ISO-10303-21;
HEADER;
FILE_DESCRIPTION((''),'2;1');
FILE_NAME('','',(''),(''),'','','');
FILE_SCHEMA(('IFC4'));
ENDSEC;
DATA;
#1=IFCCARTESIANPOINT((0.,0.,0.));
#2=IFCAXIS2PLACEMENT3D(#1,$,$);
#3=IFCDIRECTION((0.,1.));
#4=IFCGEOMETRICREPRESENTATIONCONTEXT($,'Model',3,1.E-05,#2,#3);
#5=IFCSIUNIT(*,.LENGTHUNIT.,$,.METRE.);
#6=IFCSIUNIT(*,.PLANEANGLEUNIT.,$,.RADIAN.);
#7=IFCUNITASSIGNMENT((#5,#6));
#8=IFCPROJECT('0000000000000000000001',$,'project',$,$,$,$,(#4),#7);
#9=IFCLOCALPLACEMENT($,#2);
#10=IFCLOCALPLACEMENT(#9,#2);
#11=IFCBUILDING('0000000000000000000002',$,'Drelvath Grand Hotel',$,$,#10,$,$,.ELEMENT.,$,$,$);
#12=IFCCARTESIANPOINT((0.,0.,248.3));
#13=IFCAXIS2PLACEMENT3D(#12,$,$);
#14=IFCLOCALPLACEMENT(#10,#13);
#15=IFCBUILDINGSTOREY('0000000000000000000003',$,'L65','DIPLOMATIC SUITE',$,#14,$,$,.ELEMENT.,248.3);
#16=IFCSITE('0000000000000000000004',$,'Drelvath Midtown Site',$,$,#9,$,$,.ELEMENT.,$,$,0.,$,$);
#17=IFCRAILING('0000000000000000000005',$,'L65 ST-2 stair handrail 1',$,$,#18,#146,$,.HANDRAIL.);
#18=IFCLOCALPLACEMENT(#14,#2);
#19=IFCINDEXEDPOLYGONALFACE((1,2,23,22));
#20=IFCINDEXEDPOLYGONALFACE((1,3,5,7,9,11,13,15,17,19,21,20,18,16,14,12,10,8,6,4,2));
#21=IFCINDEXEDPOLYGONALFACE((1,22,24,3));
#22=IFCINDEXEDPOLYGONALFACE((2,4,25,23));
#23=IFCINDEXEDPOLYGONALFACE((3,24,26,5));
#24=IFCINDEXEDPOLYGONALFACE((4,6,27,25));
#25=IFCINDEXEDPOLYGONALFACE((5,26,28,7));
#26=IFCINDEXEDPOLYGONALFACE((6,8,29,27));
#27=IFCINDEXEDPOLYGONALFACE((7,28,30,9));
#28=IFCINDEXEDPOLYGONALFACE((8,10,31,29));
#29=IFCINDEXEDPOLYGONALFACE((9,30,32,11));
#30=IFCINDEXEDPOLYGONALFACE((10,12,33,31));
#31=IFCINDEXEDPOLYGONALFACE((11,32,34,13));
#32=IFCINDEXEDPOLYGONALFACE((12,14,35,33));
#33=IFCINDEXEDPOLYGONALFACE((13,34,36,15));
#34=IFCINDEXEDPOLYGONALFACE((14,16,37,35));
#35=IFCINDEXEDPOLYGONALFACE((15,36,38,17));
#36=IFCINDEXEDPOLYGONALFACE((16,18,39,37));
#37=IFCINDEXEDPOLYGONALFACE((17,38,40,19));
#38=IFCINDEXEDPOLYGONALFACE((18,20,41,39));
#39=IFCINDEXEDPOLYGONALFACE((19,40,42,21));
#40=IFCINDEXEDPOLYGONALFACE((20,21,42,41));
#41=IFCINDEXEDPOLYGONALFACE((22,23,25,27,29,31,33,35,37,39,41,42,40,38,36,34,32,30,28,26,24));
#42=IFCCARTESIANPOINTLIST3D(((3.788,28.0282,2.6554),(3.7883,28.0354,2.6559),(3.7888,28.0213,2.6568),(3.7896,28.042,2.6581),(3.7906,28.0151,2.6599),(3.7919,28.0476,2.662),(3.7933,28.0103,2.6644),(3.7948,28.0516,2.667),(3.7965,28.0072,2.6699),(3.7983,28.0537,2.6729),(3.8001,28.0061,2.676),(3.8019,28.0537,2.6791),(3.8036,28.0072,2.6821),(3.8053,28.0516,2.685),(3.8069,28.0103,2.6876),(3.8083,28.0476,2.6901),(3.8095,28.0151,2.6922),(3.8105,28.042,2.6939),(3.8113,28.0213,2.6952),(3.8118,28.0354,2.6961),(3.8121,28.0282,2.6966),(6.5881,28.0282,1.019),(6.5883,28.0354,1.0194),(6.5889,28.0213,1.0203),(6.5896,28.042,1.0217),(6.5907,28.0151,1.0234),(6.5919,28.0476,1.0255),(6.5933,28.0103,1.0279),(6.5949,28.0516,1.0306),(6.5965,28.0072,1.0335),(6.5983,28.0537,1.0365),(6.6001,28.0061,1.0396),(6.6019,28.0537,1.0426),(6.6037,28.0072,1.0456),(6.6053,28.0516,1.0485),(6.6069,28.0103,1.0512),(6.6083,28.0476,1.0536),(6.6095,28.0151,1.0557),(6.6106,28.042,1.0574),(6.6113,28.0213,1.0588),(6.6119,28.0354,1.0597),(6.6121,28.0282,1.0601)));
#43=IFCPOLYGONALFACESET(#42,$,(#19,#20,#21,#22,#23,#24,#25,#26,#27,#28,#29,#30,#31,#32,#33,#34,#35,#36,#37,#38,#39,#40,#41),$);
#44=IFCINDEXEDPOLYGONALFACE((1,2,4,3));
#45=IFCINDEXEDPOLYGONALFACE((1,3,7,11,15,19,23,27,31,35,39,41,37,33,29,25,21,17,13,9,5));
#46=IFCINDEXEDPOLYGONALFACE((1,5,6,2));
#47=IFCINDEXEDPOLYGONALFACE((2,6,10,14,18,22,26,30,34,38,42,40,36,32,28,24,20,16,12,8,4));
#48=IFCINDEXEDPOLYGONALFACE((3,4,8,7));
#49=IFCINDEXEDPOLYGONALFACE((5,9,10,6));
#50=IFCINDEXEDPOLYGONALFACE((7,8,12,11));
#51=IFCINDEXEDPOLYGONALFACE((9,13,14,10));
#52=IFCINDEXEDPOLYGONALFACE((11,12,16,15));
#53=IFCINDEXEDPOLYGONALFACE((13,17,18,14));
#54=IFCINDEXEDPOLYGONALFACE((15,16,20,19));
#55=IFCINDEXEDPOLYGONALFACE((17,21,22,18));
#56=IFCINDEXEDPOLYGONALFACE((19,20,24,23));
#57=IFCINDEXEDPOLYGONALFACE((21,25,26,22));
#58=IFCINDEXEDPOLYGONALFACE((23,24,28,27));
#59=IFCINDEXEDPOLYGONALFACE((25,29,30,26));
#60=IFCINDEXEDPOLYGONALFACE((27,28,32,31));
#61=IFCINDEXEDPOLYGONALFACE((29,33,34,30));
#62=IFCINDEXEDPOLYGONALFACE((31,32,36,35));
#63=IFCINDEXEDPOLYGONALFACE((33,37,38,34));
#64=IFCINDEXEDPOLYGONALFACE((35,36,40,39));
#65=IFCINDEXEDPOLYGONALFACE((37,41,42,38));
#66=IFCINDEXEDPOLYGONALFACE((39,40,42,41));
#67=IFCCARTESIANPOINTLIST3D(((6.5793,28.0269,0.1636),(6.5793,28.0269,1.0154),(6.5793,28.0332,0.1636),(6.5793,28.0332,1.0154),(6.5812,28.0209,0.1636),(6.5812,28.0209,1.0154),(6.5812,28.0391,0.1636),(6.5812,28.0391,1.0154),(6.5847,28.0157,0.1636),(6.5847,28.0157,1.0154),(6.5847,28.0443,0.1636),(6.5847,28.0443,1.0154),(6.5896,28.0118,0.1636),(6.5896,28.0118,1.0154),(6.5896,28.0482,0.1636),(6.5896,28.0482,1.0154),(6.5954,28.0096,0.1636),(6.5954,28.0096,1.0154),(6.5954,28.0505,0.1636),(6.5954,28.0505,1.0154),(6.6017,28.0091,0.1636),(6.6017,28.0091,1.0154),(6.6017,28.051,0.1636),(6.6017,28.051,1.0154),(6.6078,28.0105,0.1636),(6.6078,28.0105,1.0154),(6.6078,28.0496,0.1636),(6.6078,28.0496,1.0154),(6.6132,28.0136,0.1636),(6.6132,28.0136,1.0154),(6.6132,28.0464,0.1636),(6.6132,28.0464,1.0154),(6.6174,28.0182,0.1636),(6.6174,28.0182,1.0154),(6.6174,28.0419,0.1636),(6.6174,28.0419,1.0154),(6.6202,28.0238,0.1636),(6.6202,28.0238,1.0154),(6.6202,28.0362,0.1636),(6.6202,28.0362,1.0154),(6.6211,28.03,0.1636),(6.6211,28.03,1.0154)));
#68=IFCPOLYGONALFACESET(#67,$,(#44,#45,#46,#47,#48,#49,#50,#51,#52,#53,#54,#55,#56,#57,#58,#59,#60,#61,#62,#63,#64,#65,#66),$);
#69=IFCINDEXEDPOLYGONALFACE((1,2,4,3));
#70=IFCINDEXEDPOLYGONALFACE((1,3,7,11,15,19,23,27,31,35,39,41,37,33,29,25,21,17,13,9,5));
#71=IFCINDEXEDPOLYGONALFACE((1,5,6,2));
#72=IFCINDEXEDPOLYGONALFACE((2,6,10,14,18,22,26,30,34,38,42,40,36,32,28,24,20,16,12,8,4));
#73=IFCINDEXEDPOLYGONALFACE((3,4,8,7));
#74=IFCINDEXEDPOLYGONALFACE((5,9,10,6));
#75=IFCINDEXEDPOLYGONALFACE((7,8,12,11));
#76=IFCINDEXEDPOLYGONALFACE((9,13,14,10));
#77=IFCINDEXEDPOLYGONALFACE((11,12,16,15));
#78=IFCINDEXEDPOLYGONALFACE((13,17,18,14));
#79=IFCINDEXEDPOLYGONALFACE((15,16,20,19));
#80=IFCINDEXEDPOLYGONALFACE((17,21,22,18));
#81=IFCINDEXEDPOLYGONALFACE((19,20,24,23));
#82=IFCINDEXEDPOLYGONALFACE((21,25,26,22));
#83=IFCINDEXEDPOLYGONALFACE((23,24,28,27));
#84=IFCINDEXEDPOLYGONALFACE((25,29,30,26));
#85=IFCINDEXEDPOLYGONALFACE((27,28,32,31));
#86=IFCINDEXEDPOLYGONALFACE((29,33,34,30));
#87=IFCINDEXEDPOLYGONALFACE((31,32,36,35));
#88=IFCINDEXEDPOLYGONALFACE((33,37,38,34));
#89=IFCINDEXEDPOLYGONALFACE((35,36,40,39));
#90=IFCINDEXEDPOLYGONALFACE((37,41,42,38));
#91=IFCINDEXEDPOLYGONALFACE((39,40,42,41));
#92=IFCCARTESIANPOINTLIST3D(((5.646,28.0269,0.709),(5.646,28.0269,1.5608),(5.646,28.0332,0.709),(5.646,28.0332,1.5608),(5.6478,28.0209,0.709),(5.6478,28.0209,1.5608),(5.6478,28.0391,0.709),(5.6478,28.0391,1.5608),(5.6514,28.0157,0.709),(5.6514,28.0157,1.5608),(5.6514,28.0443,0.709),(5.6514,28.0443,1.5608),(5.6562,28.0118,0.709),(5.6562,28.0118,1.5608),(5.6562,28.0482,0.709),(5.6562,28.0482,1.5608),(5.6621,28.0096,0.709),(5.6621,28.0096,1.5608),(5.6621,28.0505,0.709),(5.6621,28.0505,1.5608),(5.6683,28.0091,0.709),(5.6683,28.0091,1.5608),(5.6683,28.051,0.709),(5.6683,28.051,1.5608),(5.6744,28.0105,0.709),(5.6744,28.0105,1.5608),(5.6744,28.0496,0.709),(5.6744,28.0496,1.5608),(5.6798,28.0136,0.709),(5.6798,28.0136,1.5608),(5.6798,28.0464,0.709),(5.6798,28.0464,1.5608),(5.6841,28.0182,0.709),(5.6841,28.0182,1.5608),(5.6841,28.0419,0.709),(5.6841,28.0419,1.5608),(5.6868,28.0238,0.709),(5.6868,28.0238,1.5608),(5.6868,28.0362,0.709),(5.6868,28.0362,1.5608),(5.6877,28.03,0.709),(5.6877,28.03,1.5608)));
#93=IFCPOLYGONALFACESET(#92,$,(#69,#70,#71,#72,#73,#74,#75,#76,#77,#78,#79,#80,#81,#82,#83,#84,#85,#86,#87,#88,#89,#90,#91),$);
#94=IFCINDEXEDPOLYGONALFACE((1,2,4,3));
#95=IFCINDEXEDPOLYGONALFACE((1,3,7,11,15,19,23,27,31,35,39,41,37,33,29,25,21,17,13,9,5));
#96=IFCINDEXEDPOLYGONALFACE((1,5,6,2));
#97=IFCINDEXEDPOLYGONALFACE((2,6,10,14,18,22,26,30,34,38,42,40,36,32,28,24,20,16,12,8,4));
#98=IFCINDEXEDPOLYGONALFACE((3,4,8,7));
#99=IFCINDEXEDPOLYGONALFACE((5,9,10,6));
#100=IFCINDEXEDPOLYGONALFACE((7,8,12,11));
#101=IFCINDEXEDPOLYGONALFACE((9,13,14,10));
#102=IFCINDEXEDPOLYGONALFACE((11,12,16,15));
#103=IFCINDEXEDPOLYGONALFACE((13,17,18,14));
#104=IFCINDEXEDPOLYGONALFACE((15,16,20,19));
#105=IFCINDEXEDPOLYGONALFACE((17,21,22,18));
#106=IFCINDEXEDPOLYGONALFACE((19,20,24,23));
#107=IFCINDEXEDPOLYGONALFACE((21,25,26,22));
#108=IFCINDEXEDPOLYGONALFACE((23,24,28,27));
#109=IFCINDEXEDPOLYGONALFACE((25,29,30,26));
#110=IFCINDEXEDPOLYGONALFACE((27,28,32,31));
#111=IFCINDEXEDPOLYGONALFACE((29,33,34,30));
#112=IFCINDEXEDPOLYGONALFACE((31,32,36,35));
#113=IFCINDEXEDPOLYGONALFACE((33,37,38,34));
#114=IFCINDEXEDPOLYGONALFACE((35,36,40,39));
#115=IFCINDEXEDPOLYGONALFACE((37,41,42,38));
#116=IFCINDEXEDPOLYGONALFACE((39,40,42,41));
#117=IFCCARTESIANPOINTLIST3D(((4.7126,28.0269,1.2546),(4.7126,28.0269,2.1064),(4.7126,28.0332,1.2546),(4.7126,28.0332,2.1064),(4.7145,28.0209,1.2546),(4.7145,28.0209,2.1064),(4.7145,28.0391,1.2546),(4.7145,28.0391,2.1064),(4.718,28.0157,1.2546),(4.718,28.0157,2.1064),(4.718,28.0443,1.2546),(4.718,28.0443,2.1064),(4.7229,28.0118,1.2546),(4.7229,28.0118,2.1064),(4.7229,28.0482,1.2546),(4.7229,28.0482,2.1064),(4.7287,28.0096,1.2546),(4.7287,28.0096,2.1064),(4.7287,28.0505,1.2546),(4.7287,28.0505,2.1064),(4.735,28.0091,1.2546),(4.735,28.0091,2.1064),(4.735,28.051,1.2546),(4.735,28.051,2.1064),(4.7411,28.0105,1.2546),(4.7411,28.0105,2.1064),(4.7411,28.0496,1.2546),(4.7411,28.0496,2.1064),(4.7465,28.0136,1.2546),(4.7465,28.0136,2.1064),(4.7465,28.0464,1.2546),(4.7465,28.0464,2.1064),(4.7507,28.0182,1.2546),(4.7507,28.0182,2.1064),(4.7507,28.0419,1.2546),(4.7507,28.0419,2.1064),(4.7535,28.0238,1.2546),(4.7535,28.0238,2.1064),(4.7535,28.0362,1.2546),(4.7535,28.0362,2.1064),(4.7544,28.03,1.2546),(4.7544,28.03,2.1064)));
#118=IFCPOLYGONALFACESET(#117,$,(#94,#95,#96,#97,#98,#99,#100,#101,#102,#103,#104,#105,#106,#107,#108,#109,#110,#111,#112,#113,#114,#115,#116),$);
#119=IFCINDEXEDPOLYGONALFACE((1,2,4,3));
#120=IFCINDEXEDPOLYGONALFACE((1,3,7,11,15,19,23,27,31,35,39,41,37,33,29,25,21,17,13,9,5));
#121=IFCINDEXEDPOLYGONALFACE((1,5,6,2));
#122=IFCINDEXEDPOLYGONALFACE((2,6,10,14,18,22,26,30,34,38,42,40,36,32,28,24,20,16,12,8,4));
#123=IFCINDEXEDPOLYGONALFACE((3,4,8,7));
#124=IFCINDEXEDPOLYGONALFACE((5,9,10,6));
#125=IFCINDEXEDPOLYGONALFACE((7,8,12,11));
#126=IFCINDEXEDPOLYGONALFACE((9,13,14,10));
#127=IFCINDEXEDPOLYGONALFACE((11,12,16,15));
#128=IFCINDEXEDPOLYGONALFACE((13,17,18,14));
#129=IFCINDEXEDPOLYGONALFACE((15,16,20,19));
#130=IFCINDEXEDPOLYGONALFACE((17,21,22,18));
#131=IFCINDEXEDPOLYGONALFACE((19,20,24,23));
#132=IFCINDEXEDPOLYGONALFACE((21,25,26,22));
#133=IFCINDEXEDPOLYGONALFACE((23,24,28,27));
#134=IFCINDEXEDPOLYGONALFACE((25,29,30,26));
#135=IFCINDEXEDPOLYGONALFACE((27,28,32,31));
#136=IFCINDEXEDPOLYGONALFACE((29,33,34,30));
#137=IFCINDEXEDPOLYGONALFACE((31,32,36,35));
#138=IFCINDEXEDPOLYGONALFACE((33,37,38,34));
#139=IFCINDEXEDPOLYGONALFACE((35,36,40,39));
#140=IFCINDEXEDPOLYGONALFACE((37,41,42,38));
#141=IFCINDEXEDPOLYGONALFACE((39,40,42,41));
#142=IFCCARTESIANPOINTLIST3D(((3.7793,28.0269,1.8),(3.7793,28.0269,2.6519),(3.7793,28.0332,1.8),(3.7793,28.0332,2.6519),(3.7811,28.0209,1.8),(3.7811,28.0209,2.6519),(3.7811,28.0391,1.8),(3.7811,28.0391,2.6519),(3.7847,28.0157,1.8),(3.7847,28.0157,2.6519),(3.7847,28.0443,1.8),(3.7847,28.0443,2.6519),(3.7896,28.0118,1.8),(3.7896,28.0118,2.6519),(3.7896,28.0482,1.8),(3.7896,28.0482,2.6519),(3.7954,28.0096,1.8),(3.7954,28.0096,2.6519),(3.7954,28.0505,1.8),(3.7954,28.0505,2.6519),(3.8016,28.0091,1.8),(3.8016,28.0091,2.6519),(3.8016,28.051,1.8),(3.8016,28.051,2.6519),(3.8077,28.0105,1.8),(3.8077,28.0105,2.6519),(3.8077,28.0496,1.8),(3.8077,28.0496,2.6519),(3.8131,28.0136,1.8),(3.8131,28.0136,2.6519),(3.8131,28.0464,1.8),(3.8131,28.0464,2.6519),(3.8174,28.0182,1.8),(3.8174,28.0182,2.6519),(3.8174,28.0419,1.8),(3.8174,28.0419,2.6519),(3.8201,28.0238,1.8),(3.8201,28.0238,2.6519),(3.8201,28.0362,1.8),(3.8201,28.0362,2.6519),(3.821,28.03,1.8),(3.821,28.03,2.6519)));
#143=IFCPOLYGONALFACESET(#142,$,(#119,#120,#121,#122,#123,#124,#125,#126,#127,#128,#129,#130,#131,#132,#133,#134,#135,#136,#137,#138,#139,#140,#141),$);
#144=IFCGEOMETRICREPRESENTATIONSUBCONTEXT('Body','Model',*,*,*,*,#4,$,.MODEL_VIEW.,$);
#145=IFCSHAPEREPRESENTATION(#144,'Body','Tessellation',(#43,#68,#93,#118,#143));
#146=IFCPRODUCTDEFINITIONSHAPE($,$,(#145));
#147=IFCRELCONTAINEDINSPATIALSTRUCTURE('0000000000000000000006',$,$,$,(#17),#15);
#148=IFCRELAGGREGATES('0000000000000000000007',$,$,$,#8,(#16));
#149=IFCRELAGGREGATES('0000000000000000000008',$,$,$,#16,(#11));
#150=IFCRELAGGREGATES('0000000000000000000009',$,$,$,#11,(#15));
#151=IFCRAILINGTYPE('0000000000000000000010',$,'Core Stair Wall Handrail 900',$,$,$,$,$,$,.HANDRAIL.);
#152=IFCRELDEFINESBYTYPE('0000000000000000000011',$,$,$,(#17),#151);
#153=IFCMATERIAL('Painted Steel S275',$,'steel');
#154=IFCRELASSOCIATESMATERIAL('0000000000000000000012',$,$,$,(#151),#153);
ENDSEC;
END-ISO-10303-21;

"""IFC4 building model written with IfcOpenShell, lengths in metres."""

from ifc_helpers import new_model, si_unit, direction, frame, origin, origin_2d, place, context, subcontext, project, spatial, circle, extrude, material, type_object, element, save


model = new_model("IFC4")

# Units and contexts
model_context = context("Model", 3, precision=1e-05, world=origin(), true_north=direction((0.0, 1.0)))
body_context = subcontext(model_context, "Body", "Model", "MODEL_VIEW")
ifc_project = project(units=[si_unit("LENGTHUNIT", "METRE"), si_unit("PLANEANGLEUNIT", "RADIAN")], contexts=[model_context])

# Site, building, storey
site_placement = place(None, origin())
site = spatial("IfcSite", under=ifc_project, at=site_placement, Name="Drelvath Midtown Site", CompositionType="ELEMENT", RefElevation=0.0)
building_placement = place(site_placement, origin())
building = spatial("IfcBuilding", under=site, at=building_placement, Name="Drelvath Grand Hotel", CompositionType="ELEMENT")
storey_placement = place(building_placement, frame((0.0, 0.0, 248.3)))
storey = spatial("IfcBuildingStorey", under=building, at=storey_placement, Name="L65", Description="DIPLOMATIC SUITE", CompositionType="ELEMENT", Elevation=248.3)

# Shared definitions
ifc_material_1 = material(Name="Painted Steel S275", Category="steel")

# Railing
railing_type_1 = type_object("IfcRailingType", Name="Core Stair Wall Handrail 900", PredefinedType="HANDRAIL", material=ifc_material_1)
railing_1_placement = place(storey_placement, frame((6.6001, 28.03, 0.1636)))
element("IfcRailing", 1, at=railing_1_placement, inside=storey, type_object=railing_type_1, Name="L65 ST-2 stair handrail 1", PredefinedType="HANDRAIL", context=body_context, shape_type="SweptSolid", body=[
    extrude(circle(Radius=0.0239, at=origin_2d()), frame((0.0, 0.0, 0.876), z_axis=(-0.863361, 0.0, 0.504587), x_axis=(0.0, -1.0, 0.0)), (0.0, 0.0, 1.0), 3.2432),
    extrude(circle(Radius=0.021, at=origin_2d()), origin(), (0.0, 0.0, 1.0), 0.8518),
    extrude(circle(Radius=0.021, at=origin_2d()), frame((-0.9333, 0.0, 0.5454)), (0.0, 0.0, 1.0), 0.8518),
    extrude(circle(Radius=0.021, at=origin_2d()), frame((-1.8667, 0.0, 1.0911)), (0.0, 0.0, 1.0), 0.8518),
    extrude(circle(Radius=0.021, at=origin_2d()), frame((-2.8, 0.0, 1.6365)), (0.0, 0.0, 1.0), 0.8518),
])

save(model, "model.ifc")
